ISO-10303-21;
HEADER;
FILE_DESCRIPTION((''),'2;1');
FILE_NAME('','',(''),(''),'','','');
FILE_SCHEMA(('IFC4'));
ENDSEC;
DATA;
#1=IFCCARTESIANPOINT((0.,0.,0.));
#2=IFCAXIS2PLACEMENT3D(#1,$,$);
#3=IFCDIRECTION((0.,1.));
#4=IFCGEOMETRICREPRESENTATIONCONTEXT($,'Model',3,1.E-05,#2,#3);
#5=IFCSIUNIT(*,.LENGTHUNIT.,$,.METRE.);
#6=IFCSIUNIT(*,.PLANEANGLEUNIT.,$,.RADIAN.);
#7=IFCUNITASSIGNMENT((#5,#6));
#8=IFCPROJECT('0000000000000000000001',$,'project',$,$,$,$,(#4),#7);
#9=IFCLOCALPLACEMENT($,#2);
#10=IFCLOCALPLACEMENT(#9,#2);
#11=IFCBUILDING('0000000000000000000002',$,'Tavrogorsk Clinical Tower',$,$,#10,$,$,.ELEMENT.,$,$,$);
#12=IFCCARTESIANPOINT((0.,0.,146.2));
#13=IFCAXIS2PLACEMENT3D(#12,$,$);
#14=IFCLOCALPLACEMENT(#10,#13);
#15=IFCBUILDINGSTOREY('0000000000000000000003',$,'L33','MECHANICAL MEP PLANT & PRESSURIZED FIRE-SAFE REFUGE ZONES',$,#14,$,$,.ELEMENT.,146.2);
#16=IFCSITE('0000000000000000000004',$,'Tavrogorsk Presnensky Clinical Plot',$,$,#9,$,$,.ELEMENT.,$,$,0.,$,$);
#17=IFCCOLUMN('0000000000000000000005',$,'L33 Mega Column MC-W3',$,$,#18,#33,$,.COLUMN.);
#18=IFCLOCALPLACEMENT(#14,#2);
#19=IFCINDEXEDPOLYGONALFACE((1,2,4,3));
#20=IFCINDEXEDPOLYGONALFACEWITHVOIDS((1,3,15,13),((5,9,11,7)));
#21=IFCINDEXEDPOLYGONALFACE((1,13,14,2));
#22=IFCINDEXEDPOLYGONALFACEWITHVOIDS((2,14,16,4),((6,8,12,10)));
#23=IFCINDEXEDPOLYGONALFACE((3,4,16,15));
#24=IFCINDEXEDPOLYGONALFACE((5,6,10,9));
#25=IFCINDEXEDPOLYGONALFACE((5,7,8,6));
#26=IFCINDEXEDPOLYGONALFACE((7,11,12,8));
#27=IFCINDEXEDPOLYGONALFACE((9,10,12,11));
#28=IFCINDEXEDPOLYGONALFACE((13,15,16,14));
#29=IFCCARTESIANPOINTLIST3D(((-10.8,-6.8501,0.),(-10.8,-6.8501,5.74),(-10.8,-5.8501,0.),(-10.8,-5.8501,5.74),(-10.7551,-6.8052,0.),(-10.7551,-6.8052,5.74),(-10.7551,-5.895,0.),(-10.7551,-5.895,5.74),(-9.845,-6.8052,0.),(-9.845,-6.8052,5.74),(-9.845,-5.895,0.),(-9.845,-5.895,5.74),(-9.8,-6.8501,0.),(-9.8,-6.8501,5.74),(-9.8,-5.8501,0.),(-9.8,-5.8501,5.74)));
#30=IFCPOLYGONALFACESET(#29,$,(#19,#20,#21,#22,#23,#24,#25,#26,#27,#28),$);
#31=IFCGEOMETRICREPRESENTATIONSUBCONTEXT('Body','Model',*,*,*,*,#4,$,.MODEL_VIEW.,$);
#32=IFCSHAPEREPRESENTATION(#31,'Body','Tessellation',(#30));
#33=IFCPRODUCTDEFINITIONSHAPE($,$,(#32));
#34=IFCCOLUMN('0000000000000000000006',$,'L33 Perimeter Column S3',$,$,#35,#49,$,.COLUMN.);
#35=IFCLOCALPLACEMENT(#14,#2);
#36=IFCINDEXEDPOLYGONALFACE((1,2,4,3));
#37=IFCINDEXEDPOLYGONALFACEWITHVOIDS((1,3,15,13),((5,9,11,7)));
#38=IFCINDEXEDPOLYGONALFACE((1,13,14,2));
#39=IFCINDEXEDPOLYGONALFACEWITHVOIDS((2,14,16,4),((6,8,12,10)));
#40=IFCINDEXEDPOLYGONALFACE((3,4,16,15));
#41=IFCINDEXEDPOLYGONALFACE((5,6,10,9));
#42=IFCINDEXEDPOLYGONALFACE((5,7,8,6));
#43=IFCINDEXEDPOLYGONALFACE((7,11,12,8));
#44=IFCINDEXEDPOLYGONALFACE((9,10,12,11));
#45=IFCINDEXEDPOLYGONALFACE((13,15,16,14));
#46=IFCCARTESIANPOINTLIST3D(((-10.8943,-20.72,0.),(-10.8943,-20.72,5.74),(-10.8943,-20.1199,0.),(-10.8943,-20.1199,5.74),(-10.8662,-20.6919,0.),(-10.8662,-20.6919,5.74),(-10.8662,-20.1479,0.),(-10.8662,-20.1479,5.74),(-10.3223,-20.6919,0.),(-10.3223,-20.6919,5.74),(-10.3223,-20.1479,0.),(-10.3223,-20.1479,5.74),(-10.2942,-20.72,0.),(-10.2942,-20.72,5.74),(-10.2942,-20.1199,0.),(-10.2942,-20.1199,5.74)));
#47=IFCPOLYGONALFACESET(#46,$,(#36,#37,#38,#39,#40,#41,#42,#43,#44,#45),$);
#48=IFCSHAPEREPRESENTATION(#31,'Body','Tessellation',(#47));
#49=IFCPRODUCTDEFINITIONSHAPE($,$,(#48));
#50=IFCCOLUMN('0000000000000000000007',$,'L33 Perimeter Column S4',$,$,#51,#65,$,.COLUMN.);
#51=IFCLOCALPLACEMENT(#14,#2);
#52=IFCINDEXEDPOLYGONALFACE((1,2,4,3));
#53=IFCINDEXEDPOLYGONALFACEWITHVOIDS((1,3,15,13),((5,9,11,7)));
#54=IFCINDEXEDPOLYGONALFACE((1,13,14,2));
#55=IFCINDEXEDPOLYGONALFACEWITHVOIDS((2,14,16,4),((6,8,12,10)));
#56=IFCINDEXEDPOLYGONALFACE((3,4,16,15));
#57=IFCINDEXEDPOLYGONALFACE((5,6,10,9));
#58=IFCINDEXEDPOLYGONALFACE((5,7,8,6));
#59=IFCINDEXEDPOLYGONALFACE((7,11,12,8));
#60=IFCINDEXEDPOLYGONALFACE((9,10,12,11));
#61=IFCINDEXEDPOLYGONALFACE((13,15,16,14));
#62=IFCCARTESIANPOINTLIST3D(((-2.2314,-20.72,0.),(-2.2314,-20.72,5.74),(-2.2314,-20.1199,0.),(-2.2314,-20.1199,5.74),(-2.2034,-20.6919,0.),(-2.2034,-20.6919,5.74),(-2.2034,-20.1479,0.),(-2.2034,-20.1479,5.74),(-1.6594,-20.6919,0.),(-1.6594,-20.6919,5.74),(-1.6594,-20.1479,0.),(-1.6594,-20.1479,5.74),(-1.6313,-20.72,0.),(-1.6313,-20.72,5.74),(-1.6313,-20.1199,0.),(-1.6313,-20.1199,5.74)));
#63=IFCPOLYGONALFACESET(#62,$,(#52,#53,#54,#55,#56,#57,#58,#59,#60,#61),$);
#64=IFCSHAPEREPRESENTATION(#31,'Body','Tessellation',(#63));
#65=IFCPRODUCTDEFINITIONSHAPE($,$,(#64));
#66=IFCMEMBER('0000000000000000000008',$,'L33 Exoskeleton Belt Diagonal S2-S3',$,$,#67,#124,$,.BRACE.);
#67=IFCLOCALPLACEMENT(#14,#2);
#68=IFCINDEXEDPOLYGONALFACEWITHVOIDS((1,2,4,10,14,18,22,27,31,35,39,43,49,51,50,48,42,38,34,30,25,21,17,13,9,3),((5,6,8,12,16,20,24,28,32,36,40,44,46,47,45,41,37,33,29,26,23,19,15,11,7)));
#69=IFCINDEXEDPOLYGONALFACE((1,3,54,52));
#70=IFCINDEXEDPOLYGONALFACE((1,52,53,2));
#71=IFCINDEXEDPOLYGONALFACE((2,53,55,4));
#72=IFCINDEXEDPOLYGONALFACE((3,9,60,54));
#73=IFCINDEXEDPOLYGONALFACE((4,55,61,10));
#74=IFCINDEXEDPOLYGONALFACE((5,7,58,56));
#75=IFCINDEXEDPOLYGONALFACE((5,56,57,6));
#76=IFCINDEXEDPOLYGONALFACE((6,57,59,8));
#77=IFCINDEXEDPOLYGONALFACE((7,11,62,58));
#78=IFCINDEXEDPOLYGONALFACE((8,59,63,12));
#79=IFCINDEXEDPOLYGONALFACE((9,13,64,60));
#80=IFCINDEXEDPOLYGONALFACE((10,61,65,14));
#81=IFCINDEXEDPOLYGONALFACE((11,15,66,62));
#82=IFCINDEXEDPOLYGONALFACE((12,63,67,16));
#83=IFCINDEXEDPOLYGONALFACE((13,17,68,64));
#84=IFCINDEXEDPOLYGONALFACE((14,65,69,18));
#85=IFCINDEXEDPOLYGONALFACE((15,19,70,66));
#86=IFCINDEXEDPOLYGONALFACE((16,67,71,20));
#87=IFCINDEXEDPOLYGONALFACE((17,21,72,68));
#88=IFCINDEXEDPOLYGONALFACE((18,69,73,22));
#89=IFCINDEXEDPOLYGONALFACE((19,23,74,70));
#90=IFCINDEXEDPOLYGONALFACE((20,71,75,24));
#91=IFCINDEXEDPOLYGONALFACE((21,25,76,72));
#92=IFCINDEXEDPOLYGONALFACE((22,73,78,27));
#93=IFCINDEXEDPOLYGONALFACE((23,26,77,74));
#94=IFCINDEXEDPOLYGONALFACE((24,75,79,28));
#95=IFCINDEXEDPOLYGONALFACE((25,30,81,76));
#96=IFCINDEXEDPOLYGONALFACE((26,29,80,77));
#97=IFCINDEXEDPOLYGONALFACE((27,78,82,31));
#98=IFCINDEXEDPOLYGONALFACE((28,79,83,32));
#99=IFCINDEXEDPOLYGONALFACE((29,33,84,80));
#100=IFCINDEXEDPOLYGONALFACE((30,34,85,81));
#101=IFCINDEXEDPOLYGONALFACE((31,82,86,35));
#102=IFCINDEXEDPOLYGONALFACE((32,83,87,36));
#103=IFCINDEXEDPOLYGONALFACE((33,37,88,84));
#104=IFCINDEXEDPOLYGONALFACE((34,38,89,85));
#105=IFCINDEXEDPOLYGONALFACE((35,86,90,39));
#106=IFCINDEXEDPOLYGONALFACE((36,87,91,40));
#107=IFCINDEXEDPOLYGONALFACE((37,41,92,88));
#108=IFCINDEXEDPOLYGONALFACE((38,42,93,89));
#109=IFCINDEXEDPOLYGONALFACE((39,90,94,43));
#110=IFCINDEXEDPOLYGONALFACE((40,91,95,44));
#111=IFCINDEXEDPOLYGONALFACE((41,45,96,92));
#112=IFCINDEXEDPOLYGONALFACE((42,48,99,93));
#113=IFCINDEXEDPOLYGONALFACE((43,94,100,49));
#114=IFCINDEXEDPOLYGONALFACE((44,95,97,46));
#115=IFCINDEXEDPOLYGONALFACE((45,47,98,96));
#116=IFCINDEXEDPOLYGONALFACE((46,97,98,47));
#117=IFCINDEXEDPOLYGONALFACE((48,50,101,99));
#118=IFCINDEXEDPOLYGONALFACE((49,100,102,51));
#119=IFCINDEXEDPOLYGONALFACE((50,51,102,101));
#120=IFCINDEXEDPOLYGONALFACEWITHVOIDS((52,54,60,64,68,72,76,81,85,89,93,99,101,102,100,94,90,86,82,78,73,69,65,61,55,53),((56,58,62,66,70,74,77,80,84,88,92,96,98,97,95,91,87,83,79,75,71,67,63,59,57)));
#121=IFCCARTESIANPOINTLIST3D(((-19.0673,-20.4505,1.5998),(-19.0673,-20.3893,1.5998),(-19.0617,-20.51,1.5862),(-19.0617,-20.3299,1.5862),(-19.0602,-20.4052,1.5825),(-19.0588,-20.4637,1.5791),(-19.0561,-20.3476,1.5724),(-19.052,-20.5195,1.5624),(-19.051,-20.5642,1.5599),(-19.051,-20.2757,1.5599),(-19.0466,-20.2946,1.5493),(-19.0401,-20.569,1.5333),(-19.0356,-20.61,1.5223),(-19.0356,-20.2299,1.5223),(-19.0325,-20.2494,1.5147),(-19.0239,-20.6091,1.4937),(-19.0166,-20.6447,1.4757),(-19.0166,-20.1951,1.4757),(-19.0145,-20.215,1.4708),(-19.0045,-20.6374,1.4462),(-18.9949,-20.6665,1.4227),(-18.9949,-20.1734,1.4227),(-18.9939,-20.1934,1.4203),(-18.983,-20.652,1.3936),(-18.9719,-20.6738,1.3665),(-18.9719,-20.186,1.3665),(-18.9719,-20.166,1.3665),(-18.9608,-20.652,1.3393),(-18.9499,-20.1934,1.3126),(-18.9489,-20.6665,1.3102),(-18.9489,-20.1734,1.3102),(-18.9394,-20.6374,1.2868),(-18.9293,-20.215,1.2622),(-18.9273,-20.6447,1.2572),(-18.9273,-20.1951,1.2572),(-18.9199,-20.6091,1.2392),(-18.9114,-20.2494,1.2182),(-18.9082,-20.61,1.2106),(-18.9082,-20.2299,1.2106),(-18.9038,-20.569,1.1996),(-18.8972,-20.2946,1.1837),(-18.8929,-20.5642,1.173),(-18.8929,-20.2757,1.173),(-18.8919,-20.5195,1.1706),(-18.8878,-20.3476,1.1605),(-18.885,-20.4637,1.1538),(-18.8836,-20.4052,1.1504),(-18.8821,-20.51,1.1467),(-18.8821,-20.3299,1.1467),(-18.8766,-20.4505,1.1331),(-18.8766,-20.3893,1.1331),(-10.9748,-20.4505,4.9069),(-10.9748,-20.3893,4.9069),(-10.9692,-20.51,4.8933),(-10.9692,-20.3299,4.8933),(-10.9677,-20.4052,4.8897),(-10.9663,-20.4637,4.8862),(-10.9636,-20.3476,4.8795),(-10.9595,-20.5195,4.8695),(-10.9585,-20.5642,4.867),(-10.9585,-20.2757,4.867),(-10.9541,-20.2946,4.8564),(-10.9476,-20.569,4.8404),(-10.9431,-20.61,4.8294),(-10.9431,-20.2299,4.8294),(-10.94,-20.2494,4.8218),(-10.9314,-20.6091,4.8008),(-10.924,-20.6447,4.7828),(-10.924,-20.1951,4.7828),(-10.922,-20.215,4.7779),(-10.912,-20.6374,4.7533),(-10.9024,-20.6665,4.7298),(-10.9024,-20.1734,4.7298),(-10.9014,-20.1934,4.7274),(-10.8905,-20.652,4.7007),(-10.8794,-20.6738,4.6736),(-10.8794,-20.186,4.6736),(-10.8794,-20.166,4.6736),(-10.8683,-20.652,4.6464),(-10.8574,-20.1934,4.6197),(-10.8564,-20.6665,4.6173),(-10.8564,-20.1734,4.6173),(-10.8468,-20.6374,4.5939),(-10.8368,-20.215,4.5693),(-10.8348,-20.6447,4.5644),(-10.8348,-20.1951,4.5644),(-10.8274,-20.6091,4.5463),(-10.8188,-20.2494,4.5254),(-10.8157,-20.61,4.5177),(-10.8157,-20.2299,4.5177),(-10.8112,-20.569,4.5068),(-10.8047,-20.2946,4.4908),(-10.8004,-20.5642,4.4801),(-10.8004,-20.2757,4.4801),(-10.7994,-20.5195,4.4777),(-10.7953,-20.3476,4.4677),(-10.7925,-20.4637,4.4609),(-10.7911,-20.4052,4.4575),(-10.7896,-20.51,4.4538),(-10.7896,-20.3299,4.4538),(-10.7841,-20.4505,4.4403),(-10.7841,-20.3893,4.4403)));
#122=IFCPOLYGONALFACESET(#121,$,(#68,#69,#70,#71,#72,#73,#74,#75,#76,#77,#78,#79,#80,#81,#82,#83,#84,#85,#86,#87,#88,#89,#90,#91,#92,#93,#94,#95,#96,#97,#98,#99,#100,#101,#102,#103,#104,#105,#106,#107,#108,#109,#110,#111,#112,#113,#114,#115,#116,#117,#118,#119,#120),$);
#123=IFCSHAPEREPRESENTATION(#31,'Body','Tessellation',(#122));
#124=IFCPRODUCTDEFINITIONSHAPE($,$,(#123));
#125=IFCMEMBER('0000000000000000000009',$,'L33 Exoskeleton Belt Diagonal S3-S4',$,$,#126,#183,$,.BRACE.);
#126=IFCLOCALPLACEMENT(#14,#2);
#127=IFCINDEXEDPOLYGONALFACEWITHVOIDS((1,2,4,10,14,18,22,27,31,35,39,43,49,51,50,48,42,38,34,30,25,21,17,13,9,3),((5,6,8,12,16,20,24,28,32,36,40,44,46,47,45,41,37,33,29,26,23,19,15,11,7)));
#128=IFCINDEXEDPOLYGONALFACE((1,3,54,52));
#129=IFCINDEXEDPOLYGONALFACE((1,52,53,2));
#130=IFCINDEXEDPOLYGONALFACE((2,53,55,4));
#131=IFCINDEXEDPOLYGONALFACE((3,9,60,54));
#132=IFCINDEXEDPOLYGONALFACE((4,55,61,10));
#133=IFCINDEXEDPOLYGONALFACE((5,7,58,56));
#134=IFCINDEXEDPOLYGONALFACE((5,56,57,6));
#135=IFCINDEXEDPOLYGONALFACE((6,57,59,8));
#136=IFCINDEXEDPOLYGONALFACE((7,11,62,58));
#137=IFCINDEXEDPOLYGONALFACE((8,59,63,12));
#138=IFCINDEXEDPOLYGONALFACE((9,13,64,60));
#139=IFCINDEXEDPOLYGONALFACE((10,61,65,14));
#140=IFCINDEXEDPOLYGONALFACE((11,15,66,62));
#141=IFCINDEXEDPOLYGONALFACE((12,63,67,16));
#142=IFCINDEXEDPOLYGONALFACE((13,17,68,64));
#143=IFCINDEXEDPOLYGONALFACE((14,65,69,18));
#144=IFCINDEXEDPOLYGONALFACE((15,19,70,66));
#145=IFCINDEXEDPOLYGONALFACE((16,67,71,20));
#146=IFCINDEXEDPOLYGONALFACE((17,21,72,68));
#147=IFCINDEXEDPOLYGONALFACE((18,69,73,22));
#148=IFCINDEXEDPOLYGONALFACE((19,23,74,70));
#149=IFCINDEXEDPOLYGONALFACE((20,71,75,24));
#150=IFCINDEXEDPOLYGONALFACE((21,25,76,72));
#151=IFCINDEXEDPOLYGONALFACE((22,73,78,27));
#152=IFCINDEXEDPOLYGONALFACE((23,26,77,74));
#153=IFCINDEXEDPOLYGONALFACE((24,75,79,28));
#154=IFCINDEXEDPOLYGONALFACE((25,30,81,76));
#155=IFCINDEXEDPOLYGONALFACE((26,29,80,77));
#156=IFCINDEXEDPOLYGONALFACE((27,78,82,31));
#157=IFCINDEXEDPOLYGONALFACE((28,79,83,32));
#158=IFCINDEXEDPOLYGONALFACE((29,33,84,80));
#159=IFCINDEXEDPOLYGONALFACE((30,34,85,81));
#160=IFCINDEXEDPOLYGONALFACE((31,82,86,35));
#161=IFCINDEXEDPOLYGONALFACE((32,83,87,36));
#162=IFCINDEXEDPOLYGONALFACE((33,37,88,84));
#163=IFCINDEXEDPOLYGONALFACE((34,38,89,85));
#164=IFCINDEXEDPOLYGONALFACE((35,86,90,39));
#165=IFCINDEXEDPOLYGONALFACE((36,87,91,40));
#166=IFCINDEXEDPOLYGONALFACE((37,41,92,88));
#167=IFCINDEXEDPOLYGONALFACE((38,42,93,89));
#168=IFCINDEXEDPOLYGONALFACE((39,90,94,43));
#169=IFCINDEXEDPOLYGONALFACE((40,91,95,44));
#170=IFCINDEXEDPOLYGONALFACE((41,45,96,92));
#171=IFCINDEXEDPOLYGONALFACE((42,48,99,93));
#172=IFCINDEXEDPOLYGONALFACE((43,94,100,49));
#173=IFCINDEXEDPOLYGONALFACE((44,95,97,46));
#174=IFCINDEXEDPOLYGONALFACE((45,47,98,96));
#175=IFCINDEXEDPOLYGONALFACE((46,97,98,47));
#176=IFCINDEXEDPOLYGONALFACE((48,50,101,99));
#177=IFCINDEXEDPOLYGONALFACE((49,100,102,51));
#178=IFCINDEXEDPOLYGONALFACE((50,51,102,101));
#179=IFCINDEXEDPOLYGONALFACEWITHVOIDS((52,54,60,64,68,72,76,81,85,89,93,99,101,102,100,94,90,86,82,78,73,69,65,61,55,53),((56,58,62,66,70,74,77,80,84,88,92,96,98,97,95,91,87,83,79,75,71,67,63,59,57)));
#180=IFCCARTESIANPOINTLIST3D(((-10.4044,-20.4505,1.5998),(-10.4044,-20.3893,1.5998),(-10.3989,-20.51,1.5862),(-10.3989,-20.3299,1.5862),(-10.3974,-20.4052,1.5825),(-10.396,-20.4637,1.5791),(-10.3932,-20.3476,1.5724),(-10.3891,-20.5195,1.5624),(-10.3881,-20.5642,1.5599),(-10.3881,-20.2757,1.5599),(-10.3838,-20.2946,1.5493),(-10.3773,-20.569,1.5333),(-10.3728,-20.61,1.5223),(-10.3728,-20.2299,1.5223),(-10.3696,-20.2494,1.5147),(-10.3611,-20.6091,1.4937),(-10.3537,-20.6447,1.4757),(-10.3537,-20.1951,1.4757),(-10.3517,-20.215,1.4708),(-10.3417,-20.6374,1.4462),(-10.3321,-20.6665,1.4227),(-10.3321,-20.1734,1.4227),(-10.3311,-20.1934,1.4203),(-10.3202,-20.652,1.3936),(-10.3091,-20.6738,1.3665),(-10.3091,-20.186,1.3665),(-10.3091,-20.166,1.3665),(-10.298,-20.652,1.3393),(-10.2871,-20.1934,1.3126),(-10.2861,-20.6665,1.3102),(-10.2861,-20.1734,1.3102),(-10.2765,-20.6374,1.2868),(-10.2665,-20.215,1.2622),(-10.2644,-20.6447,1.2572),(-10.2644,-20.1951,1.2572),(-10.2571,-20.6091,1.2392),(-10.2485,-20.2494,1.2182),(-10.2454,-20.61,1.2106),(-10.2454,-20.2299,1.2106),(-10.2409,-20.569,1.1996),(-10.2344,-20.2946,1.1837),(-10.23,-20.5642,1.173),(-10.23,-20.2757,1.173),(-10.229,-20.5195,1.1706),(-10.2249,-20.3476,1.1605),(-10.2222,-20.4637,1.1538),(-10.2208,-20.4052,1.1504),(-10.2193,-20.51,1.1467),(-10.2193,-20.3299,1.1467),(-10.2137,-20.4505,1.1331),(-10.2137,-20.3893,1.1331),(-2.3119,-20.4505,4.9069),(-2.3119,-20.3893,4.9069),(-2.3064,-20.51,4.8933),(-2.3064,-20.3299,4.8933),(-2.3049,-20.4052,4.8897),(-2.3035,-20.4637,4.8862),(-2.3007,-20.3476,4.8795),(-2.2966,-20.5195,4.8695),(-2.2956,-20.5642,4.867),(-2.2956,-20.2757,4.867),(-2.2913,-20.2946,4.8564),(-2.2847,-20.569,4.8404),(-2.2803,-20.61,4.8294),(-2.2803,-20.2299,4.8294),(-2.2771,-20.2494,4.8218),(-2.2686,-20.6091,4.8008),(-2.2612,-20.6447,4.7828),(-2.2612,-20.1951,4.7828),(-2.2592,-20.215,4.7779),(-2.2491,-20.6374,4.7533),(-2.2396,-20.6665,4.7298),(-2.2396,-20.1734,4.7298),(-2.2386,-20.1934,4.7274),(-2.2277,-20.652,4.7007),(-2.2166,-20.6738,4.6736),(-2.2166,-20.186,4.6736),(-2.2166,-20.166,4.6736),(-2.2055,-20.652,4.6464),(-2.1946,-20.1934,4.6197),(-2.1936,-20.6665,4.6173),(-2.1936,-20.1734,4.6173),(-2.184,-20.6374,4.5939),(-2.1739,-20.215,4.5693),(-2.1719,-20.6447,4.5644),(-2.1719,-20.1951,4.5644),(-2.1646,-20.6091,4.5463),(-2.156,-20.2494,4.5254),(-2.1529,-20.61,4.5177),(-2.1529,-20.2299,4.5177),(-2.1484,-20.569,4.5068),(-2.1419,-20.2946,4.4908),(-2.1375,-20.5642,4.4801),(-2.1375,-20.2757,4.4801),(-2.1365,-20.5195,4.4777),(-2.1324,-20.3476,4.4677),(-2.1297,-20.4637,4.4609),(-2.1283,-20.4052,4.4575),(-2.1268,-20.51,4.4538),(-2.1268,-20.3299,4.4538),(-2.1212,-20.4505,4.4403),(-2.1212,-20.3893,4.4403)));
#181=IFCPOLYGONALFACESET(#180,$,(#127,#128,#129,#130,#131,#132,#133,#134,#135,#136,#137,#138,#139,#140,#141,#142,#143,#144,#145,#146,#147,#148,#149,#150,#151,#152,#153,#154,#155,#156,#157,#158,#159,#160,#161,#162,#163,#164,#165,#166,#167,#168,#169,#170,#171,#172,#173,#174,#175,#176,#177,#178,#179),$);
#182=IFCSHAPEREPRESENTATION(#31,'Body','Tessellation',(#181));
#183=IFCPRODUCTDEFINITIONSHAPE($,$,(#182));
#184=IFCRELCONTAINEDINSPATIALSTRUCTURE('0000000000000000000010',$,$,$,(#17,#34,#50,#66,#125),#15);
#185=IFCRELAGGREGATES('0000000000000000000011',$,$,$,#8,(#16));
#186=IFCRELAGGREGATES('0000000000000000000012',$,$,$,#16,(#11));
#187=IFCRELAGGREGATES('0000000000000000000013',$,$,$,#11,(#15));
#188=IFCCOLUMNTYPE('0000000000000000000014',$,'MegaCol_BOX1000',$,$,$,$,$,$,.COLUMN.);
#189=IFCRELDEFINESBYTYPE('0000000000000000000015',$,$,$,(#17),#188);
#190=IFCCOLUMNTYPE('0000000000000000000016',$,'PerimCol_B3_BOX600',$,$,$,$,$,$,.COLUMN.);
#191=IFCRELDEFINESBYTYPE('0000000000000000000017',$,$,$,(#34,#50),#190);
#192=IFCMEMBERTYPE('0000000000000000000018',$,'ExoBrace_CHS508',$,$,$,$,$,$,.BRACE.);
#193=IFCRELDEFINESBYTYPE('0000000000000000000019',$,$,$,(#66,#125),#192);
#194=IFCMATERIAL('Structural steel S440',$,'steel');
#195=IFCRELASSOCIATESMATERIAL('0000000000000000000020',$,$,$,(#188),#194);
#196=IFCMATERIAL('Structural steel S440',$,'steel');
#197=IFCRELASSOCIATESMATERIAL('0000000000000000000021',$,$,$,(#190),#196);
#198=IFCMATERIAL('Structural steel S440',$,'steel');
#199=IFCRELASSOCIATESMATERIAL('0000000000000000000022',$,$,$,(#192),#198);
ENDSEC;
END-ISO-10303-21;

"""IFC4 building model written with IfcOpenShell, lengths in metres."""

from ifc_helpers import new_model, si_unit, direction, frame, origin, origin_2d, place, context, subcontext, project, spatial, hollow_rectangle, hollow_circle, extrude, material, material_profile, profile_set, type_object, element, save


model = new_model("IFC4")

# Units and contexts
model_context = context("Model", 3, precision=1e-05, world=origin(), true_north=direction((0.0, 1.0)))
body_context = subcontext(model_context, "Body", "Model", "MODEL_VIEW")
ifc_project = project(units=[si_unit("LENGTHUNIT", "METRE"), si_unit("PLANEANGLEUNIT", "RADIAN")], contexts=[model_context])

# Site, building, storey
site_placement = place(None, origin())
site = spatial("IfcSite", under=ifc_project, at=site_placement, Name="Tavrogorsk Presnensky Clinical Plot", CompositionType="ELEMENT", RefElevation=0.0)
building_placement = place(site_placement, origin())
building = spatial("IfcBuilding", under=site, at=building_placement, Name="Tavrogorsk Clinical Tower", CompositionType="ELEMENT")
storey_placement = place(building_placement, frame((0.0, 0.0, 146.2)))
storey = spatial("IfcBuildingStorey", under=building, at=storey_placement, Name="L33", Description="MECHANICAL MEP PLANT & PRESSURIZED FIRE-SAFE REFUGE ZONES", CompositionType="ELEMENT", Elevation=146.2)

# Columns
ifc_material_1 = material(Name="Structural steel S440", Category="steel")
ifc_material_profile_1 = material_profile(ifc_material_1, hollow_rectangle(XDim=1.0, YDim=1.0, WallThickness=0.0449, at=origin_2d()), Name="BOX-1000x1000x45")
ifc_profile_set_1 = profile_set([ifc_material_profile_1], Name="Structural steel S440")
column_type_1 = type_object("IfcColumnType", Name="MegaCol_BOX1000", PredefinedType="COLUMN", material=ifc_profile_set_1)
column_placement = place(storey_placement, frame((-10.3, -6.3501, 0.0), z_axis=(0.0, 0.0, 1.0), x_axis=(1.0, 0.0, 0.0)))
element("IfcColumn", 1, at=column_placement, inside=storey, type_object=column_type_1, Name="L33 Mega Column MC-W3", PredefinedType="COLUMN", context=body_context, shape_type="SweptSolid", body=[
    extrude(hollow_rectangle(XDim=1.0, YDim=1.0, WallThickness=0.0449, at=origin_2d()), origin(), (0.0, 0.0, 1.0), 5.74),
])
ifc_material_2 = material(Name="Structural steel S440", Category="steel")
ifc_material_profile_2 = material_profile(ifc_material_2, hollow_rectangle(XDim=0.6001, YDim=0.6001, WallThickness=0.0281, at=origin_2d()), Name="BOX-600x600x28")
ifc_profile_set_2 = profile_set([ifc_material_profile_2], Name="Structural steel S440")
column_type_2 = type_object("IfcColumnType", Name="PerimCol_B3_BOX600", PredefinedType="COLUMN", material=ifc_profile_set_2)
for number, where, z_axis, x_axis, name in (
    (2, (-10.5942, -20.4199, 0.0), (0.0, 0.0, 1.0), (1.0, 0.0, 0.0), "L33 Perimeter Column S3"),
    (3, (-1.9314, -20.4199, 0.0), (0.0, 0.0, 1.0), (1.0, 0.0, 0.0), "L33 Perimeter Column S4"),
):
    element("IfcColumn", number, at=place(storey_placement, frame(where, z_axis=z_axis, x_axis=x_axis)), inside=storey, type_object=column_type_2, Name=name, PredefinedType="COLUMN", context=body_context, shape_type="SweptSolid", body=[
        extrude(hollow_rectangle(XDim=0.6001, YDim=0.6001, WallThickness=0.0281, at=origin_2d()), origin(), (0.0, 0.0, 1.0), 5.74),
    ])

# Members
ifc_material_3 = material(Name="Structural steel S440", Category="steel")
ifc_material_profile_3 = material_profile(ifc_material_3, hollow_circle(Radius=0.2539, WallThickness=0.02, at=origin_2d()), Name="CHS-508x20")
ifc_profile_set_3 = profile_set([ifc_material_profile_3], Name="Structural steel S440")
member_type_1 = type_object("IfcMemberType", Name="ExoBrace_CHS508", PredefinedType="BRACE", material=ifc_profile_set_3)
for number, where, z_axis, x_axis, name in (
    (4, (-18.9719, -20.4199, 1.3665), (0.925685, 0.0, 0.378295), (0.0, 1.0, 0.0), "L33 Exoskeleton Belt Diagonal S2-S3"),
    (5, (-10.3091, -20.4199, 1.3665), (0.925685, 0.0, 0.378295), (0.0, 1.0, 0.0), "L33 Exoskeleton Belt Diagonal S3-S4"),
):
    element("IfcMember", number, at=place(storey_placement, frame(where, z_axis=z_axis, x_axis=x_axis)), inside=storey, type_object=member_type_1, Name=name, PredefinedType="BRACE", context=body_context, shape_type="SweptSolid", body=[
        extrude(hollow_circle(Radius=0.2539, WallThickness=0.02, at=origin_2d()), origin(), (0.0, 0.0, 1.0), 8.7422),
    ])

save(model, "model.ifc")
